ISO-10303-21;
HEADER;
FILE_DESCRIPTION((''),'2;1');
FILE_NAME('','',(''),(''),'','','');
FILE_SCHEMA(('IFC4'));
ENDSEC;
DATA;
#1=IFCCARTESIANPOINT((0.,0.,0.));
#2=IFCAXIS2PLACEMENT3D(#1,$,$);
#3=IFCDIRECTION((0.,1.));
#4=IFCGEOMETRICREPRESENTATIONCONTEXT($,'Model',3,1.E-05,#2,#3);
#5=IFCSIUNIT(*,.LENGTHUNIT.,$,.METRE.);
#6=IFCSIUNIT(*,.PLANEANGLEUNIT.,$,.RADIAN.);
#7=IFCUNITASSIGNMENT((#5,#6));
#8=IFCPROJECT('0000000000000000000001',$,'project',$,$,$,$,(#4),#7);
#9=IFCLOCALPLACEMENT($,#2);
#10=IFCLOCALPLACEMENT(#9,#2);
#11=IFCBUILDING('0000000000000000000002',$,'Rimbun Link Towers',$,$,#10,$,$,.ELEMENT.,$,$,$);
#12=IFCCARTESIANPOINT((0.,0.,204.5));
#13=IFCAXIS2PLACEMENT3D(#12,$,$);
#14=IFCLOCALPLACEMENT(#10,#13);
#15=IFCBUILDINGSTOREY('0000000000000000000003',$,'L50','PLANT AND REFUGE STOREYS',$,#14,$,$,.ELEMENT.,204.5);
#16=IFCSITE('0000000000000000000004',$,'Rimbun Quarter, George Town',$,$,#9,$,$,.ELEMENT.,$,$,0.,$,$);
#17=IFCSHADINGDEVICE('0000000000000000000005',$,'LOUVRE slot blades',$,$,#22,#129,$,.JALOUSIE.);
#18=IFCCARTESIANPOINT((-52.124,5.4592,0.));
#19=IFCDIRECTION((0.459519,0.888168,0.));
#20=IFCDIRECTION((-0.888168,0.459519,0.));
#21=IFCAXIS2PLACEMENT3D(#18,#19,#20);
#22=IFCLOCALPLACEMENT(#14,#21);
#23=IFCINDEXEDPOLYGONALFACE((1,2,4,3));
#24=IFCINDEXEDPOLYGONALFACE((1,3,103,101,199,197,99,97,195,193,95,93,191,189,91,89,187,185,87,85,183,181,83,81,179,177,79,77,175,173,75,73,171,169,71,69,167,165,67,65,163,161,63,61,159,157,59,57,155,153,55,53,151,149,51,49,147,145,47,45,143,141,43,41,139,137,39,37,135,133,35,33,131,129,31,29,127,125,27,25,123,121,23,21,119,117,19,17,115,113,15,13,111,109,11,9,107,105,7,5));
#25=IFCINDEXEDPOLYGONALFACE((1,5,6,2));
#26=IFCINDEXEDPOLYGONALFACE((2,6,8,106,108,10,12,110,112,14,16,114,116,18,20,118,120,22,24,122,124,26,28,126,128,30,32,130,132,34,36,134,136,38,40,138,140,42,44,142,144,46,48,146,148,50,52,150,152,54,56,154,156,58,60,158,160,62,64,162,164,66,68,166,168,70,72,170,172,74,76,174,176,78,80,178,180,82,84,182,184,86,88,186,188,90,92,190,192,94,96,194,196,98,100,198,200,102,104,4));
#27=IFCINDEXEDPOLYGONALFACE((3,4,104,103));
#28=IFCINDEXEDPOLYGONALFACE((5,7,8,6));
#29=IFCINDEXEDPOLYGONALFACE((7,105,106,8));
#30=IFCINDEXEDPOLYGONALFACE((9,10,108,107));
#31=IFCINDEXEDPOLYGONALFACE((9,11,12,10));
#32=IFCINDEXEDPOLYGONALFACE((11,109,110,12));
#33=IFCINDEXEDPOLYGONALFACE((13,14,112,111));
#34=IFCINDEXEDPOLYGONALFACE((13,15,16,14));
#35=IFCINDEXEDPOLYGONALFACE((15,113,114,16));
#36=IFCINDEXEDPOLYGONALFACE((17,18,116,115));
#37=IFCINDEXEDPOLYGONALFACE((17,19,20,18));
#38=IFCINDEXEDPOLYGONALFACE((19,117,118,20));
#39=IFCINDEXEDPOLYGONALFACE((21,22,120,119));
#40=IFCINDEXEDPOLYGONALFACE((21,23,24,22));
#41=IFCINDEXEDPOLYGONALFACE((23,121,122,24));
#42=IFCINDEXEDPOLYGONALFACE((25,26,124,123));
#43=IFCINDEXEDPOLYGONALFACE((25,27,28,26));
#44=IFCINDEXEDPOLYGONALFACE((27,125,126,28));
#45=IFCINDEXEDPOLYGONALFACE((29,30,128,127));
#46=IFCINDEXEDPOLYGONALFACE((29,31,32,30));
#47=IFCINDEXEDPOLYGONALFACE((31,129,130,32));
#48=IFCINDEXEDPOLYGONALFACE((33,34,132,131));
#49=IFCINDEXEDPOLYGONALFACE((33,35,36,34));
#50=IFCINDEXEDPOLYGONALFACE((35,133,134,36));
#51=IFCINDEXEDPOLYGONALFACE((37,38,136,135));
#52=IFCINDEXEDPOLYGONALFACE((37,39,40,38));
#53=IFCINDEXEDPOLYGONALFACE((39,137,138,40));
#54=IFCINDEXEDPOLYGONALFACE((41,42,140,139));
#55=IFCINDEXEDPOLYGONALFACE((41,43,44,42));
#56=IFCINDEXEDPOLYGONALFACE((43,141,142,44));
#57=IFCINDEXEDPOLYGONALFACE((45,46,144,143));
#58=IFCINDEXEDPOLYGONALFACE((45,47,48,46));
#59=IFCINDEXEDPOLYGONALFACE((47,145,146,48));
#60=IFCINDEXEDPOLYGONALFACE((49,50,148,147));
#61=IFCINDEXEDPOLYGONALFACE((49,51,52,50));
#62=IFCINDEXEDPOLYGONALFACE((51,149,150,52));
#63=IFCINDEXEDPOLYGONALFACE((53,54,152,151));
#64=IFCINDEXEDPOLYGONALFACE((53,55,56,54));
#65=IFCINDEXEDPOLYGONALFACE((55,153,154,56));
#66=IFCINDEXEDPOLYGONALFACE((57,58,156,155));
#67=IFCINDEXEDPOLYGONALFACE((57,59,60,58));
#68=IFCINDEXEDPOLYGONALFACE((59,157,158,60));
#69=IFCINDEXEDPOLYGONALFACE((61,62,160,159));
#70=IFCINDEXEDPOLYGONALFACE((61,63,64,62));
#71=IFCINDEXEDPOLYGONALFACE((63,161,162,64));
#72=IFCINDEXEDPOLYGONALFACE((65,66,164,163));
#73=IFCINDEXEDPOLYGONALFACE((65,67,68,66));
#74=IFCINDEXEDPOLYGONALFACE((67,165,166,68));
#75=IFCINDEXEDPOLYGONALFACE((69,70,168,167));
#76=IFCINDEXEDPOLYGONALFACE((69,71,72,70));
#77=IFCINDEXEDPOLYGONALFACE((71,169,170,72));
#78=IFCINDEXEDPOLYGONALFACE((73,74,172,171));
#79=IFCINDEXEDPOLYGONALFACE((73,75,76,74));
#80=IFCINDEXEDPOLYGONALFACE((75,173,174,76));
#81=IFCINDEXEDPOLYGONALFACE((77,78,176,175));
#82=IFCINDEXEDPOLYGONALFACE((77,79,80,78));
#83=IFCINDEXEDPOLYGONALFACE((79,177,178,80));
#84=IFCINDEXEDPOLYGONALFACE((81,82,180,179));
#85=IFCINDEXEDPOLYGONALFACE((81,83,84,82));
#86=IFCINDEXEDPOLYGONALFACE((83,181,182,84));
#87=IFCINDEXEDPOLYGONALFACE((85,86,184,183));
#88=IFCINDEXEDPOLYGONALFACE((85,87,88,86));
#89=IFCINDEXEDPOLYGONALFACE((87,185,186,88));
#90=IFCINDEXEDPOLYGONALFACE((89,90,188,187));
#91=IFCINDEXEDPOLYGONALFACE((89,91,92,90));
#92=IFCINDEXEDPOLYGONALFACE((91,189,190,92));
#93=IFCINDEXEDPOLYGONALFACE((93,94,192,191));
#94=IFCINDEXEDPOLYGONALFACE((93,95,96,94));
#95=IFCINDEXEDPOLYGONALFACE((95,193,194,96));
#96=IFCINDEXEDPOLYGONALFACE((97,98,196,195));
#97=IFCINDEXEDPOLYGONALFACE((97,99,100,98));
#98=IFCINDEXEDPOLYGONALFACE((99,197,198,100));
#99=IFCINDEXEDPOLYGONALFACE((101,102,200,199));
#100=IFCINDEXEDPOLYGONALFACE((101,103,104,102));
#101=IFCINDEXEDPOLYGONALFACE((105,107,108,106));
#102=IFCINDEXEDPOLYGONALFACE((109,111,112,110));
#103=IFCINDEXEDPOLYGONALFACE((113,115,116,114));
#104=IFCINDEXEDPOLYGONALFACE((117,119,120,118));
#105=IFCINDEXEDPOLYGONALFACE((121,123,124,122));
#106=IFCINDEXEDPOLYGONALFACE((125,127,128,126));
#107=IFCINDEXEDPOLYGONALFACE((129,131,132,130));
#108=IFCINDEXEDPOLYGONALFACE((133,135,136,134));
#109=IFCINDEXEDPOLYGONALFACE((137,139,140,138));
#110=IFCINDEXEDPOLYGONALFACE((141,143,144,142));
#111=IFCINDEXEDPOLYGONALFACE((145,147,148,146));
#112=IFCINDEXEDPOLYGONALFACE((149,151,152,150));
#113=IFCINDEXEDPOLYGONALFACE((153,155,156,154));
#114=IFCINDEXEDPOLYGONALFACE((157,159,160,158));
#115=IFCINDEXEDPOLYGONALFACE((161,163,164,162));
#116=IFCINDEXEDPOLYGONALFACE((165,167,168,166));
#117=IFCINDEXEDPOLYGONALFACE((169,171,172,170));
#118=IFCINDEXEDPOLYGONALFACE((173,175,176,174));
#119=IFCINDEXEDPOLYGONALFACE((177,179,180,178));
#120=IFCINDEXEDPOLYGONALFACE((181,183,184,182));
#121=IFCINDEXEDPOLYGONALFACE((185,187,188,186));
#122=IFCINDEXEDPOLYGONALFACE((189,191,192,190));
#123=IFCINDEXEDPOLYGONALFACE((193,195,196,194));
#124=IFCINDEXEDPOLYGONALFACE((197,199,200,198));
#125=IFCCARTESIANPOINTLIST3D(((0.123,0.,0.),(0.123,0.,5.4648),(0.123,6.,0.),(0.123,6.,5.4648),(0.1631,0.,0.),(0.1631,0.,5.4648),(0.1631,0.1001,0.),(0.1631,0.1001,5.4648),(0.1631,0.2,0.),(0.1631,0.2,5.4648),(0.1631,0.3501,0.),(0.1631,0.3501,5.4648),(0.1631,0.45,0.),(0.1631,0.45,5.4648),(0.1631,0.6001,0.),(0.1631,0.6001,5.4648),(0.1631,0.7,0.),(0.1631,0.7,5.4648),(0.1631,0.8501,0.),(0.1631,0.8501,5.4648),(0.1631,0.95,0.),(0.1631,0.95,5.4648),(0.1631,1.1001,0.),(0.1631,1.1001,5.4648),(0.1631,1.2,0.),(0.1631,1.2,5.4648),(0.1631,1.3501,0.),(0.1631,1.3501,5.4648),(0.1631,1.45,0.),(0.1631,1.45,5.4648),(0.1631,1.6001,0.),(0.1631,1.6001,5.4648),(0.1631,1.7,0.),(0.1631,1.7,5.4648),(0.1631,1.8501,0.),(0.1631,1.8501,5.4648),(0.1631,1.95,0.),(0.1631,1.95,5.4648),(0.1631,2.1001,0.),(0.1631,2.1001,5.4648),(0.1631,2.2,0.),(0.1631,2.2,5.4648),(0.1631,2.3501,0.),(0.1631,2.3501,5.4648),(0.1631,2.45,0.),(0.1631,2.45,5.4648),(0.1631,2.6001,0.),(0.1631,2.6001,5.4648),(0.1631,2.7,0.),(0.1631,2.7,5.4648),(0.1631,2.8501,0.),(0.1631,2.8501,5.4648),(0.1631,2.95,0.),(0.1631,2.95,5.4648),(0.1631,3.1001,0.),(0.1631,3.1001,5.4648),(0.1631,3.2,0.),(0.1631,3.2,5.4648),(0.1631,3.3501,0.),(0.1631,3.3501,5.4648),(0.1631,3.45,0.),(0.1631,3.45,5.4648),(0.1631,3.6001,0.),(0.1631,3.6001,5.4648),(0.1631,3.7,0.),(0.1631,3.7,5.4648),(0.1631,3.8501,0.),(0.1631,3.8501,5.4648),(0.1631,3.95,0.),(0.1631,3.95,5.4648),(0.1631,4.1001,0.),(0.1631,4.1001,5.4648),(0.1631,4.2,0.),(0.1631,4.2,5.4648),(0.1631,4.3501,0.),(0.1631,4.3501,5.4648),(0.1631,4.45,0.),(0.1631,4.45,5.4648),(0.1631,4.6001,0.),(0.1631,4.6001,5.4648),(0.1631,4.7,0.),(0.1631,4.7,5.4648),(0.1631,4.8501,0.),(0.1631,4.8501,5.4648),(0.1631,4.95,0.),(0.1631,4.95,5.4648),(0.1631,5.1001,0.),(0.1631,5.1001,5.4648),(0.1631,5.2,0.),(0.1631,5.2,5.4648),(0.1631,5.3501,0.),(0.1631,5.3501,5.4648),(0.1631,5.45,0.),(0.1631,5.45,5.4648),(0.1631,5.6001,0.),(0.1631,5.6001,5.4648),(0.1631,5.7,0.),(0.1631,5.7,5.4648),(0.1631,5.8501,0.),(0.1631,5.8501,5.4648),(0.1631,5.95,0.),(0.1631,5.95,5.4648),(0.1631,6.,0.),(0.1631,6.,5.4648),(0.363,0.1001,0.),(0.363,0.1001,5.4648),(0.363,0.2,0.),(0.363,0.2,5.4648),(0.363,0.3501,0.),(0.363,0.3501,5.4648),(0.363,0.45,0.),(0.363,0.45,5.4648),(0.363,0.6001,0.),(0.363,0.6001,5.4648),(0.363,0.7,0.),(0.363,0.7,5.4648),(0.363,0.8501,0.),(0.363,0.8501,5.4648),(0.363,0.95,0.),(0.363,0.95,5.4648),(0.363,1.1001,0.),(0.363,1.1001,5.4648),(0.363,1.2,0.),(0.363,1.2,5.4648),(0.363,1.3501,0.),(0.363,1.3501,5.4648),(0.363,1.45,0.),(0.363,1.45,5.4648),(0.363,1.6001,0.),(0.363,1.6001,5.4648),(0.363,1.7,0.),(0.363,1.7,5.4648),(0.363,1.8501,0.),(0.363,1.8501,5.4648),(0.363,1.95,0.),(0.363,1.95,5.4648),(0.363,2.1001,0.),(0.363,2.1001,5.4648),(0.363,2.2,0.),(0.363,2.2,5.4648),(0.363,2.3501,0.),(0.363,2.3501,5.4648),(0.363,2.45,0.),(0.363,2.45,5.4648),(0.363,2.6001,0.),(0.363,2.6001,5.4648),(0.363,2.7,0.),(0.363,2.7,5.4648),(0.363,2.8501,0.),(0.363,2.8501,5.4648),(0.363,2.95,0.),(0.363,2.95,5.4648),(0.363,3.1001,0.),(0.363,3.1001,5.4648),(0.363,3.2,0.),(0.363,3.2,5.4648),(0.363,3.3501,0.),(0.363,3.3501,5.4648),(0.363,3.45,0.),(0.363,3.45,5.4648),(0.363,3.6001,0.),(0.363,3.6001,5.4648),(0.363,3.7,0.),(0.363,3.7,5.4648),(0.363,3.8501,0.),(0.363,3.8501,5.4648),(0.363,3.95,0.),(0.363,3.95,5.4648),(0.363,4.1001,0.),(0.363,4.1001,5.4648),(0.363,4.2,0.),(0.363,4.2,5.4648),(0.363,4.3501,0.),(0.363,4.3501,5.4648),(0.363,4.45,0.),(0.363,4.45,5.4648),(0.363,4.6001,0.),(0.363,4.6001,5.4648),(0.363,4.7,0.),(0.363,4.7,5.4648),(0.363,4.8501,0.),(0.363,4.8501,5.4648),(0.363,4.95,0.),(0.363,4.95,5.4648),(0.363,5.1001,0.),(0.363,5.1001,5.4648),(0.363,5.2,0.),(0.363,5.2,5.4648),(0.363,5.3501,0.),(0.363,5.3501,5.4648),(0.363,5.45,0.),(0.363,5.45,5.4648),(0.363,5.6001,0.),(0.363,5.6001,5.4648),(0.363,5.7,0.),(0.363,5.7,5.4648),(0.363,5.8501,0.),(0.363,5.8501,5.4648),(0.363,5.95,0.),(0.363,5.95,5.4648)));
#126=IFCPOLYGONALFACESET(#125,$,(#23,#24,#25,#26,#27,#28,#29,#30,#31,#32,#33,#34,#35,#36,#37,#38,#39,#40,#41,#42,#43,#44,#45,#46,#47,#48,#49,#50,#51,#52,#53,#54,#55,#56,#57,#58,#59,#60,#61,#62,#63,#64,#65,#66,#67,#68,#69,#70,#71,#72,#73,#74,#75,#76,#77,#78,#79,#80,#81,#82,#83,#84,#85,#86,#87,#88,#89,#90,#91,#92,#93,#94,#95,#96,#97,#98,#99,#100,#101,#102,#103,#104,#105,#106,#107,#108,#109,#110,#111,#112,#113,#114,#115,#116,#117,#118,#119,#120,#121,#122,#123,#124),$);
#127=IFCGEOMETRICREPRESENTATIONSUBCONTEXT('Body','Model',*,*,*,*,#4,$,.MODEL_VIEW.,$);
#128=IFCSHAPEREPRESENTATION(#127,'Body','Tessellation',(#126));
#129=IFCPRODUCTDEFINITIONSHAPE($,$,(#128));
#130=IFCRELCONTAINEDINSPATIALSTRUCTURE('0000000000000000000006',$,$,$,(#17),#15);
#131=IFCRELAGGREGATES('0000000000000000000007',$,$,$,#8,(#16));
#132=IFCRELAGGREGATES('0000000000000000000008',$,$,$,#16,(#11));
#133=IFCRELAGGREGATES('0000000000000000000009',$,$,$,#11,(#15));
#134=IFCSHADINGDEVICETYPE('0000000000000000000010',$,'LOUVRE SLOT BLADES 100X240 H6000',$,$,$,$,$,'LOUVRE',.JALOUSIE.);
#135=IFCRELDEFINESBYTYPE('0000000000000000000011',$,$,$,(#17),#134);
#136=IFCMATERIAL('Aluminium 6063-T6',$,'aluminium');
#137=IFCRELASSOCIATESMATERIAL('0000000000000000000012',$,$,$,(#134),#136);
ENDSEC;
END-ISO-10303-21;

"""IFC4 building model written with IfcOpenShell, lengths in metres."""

from ifc_helpers import new_model, si_unit, direction, frame, origin, place, context, subcontext, project, spatial, polyline, outline, extrude, material, material_profile, profile_set, type_object, element, save


model = new_model("IFC4")

# Units and contexts
model_context = context("Model", 3, precision=1e-05, world=origin(), true_north=direction((0.0, 1.0)))
body_context = subcontext(model_context, "Body", "Model", "MODEL_VIEW")
ifc_project = project(units=[si_unit("LENGTHUNIT", "METRE"), si_unit("PLANEANGLEUNIT", "RADIAN")], contexts=[model_context])

# Site, building, storey
site_placement = place(None, origin())
site = spatial("IfcSite", under=ifc_project, at=site_placement, Name="Rimbun Quarter, George Town", CompositionType="ELEMENT", RefElevation=0.0)
building_placement = place(site_placement, origin())
building = spatial("IfcBuilding", under=site, at=building_placement, Name="Rimbun Link Towers", CompositionType="ELEMENT")
storey_placement = place(building_placement, frame((0.0, 0.0, 204.5)))
storey = spatial("IfcBuildingStorey", under=building, at=storey_placement, Name="L50", Description="PLANT AND REFUGE STOREYS", CompositionType="ELEMENT", Elevation=204.5)

# Shading device
ifc_material_1 = material(Name="Aluminium 6063-T6", Category="aluminium")
ifc_material_profile_1 = material_profile(ifc_material_1, outline(polyline([(0.123, 0.0), (0.1631, 0.0), (0.1631, 0.1001), (0.363, 0.1001), (0.363, 0.2), (0.1631, 0.2), (0.1631, 0.3501), (0.363, 0.3501), (0.363, 0.45), (0.1631, 0.45), (0.1631, 0.6001), (0.363, 0.6001), (0.363, 0.7), (0.1631, 0.7), (0.1631, 0.8501), (0.363, 0.8501), (0.363, 0.95), (0.1631, 0.95), (0.1631, 1.1001), (0.363, 1.1001), (0.363, 1.2), (0.1631, 1.2), (0.1631, 1.3501), (0.363, 1.3501), (0.363, 1.45), (0.1631, 1.45), (0.1631, 1.6001), (0.363, 1.6001), (0.363, 1.7), (0.1631, 1.7), (0.1631, 1.8501), (0.363, 1.8501), (0.363, 1.95), (0.1631, 1.95), (0.1631, 2.1001), (0.363, 2.1001), (0.363, 2.2), (0.1631, 2.2), (0.1631, 2.3501), (0.363, 2.3501), (0.363, 2.45), (0.1631, 2.45), (0.1631, 2.6001), (0.363, 2.6001), (0.363, 2.7), (0.1631, 2.7), (0.1631, 2.8501), (0.363, 2.8501), (0.363, 2.95), (0.1631, 2.95), (0.1631, 3.1001), (0.363, 3.1001), (0.363, 3.2), (0.1631, 3.2), (0.1631, 3.3501), (0.363, 3.3501), (0.363, 3.45), (0.1631, 3.45), (0.1631, 3.6001), (0.363, 3.6001), (0.363, 3.7), (0.1631, 3.7), (0.1631, 3.8501), (0.363, 3.8501), (0.363, 3.95), (0.1631, 3.95), (0.1631, 4.1001), (0.363, 4.1001), (0.363, 4.2), (0.1631, 4.2), (0.1631, 4.3501), (0.363, 4.3501), (0.363, 4.45), (0.1631, 4.45), (0.1631, 4.6001), (0.363, 4.6001), (0.363, 4.7), (0.1631, 4.7), (0.1631, 4.8501), (0.363, 4.8501), (0.363, 4.95), (0.1631, 4.95), (0.1631, 5.1001), (0.363, 5.1001), (0.363, 5.2), (0.1631, 5.2), (0.1631, 5.3501), (0.363, 5.3501), (0.363, 5.45), (0.1631, 5.45), (0.1631, 5.6001), (0.363, 5.6001), (0.363, 5.7), (0.1631, 5.7), (0.1631, 5.8501), (0.363, 5.8501), (0.363, 5.95), (0.1631, 5.95), (0.1631, 6.0), (0.123, 6.0), (0.123, 0.0)])), Name="LOUVRE BLADES 100X240")
ifc_profile_set_1 = profile_set([ifc_material_profile_1], Name="Aluminium 6063-T6")
shading_device_type = type_object("IfcShadingDeviceType", Name="LOUVRE SLOT BLADES 100X240 H6000", ElementType="LOUVRE", PredefinedType="JALOUSIE", material=ifc_profile_set_1)
shading_device_placement = place(storey_placement, frame((-52.124, 5.4592, 0.0), z_axis=(0.459519, 0.888168, 0.0), x_axis=(-0.888168, 0.459519, 0.0)))
element("IfcShadingDevice", 1, at=shading_device_placement, inside=storey, type_object=shading_device_type, Name="LOUVRE slot blades", PredefinedType="JALOUSIE", context=body_context, shape_type="SweptSolid", body=[
    extrude(outline(polyline([(0.123, 0.0), (0.1631, 0.0), (0.1631, 0.1001), (0.363, 0.1001), (0.363, 0.2), (0.1631, 0.2), (0.1631, 0.3501), (0.363, 0.3501), (0.363, 0.45), (0.1631, 0.45), (0.1631, 0.6001), (0.363, 0.6001), (0.363, 0.7), (0.1631, 0.7), (0.1631, 0.8501), (0.363, 0.8501), (0.363, 0.95), (0.1631, 0.95), (0.1631, 1.1001), (0.363, 1.1001), (0.363, 1.2), (0.1631, 1.2), (0.1631, 1.3501), (0.363, 1.3501), (0.363, 1.45), (0.1631, 1.45), (0.1631, 1.6001), (0.363, 1.6001), (0.363, 1.7), (0.1631, 1.7), (0.1631, 1.8501), (0.363, 1.8501), (0.363, 1.95), (0.1631, 1.95), (0.1631, 2.1001), (0.363, 2.1001), (0.363, 2.2), (0.1631, 2.2), (0.1631, 2.3501), (0.363, 2.3501), (0.363, 2.45), (0.1631, 2.45), (0.1631, 2.6001), (0.363, 2.6001), (0.363, 2.7), (0.1631, 2.7), (0.1631, 2.8501), (0.363, 2.8501), (0.363, 2.95), (0.1631, 2.95), (0.1631, 3.1001), (0.363, 3.1001), (0.363, 3.2), (0.1631, 3.2), (0.1631, 3.3501), (0.363, 3.3501), (0.363, 3.45), (0.1631, 3.45), (0.1631, 3.6001), (0.363, 3.6001), (0.363, 3.7), (0.1631, 3.7), (0.1631, 3.8501), (0.363, 3.8501), (0.363, 3.95), (0.1631, 3.95), (0.1631, 4.1001), (0.363, 4.1001), (0.363, 4.2), (0.1631, 4.2), (0.1631, 4.3501), (0.363, 4.3501), (0.363, 4.45), (0.1631, 4.45), (0.1631, 4.6001), (0.363, 4.6001), (0.363, 4.7), (0.1631, 4.7), (0.1631, 4.8501), (0.363, 4.8501), (0.363, 4.95), (0.1631, 4.95), (0.1631, 5.1001), (0.363, 5.1001), (0.363, 5.2), (0.1631, 5.2), (0.1631, 5.3501), (0.363, 5.3501), (0.363, 5.45), (0.1631, 5.45), (0.1631, 5.6001), (0.363, 5.6001), (0.363, 5.7), (0.1631, 5.7), (0.1631, 5.8501), (0.363, 5.8501), (0.363, 5.95), (0.1631, 5.95), (0.1631, 6.0), (0.123, 6.0), (0.123, 0.0)])), origin(), (0.0, 0.0, 1.0), 5.4648),
])

save(model, "model.ifc")
